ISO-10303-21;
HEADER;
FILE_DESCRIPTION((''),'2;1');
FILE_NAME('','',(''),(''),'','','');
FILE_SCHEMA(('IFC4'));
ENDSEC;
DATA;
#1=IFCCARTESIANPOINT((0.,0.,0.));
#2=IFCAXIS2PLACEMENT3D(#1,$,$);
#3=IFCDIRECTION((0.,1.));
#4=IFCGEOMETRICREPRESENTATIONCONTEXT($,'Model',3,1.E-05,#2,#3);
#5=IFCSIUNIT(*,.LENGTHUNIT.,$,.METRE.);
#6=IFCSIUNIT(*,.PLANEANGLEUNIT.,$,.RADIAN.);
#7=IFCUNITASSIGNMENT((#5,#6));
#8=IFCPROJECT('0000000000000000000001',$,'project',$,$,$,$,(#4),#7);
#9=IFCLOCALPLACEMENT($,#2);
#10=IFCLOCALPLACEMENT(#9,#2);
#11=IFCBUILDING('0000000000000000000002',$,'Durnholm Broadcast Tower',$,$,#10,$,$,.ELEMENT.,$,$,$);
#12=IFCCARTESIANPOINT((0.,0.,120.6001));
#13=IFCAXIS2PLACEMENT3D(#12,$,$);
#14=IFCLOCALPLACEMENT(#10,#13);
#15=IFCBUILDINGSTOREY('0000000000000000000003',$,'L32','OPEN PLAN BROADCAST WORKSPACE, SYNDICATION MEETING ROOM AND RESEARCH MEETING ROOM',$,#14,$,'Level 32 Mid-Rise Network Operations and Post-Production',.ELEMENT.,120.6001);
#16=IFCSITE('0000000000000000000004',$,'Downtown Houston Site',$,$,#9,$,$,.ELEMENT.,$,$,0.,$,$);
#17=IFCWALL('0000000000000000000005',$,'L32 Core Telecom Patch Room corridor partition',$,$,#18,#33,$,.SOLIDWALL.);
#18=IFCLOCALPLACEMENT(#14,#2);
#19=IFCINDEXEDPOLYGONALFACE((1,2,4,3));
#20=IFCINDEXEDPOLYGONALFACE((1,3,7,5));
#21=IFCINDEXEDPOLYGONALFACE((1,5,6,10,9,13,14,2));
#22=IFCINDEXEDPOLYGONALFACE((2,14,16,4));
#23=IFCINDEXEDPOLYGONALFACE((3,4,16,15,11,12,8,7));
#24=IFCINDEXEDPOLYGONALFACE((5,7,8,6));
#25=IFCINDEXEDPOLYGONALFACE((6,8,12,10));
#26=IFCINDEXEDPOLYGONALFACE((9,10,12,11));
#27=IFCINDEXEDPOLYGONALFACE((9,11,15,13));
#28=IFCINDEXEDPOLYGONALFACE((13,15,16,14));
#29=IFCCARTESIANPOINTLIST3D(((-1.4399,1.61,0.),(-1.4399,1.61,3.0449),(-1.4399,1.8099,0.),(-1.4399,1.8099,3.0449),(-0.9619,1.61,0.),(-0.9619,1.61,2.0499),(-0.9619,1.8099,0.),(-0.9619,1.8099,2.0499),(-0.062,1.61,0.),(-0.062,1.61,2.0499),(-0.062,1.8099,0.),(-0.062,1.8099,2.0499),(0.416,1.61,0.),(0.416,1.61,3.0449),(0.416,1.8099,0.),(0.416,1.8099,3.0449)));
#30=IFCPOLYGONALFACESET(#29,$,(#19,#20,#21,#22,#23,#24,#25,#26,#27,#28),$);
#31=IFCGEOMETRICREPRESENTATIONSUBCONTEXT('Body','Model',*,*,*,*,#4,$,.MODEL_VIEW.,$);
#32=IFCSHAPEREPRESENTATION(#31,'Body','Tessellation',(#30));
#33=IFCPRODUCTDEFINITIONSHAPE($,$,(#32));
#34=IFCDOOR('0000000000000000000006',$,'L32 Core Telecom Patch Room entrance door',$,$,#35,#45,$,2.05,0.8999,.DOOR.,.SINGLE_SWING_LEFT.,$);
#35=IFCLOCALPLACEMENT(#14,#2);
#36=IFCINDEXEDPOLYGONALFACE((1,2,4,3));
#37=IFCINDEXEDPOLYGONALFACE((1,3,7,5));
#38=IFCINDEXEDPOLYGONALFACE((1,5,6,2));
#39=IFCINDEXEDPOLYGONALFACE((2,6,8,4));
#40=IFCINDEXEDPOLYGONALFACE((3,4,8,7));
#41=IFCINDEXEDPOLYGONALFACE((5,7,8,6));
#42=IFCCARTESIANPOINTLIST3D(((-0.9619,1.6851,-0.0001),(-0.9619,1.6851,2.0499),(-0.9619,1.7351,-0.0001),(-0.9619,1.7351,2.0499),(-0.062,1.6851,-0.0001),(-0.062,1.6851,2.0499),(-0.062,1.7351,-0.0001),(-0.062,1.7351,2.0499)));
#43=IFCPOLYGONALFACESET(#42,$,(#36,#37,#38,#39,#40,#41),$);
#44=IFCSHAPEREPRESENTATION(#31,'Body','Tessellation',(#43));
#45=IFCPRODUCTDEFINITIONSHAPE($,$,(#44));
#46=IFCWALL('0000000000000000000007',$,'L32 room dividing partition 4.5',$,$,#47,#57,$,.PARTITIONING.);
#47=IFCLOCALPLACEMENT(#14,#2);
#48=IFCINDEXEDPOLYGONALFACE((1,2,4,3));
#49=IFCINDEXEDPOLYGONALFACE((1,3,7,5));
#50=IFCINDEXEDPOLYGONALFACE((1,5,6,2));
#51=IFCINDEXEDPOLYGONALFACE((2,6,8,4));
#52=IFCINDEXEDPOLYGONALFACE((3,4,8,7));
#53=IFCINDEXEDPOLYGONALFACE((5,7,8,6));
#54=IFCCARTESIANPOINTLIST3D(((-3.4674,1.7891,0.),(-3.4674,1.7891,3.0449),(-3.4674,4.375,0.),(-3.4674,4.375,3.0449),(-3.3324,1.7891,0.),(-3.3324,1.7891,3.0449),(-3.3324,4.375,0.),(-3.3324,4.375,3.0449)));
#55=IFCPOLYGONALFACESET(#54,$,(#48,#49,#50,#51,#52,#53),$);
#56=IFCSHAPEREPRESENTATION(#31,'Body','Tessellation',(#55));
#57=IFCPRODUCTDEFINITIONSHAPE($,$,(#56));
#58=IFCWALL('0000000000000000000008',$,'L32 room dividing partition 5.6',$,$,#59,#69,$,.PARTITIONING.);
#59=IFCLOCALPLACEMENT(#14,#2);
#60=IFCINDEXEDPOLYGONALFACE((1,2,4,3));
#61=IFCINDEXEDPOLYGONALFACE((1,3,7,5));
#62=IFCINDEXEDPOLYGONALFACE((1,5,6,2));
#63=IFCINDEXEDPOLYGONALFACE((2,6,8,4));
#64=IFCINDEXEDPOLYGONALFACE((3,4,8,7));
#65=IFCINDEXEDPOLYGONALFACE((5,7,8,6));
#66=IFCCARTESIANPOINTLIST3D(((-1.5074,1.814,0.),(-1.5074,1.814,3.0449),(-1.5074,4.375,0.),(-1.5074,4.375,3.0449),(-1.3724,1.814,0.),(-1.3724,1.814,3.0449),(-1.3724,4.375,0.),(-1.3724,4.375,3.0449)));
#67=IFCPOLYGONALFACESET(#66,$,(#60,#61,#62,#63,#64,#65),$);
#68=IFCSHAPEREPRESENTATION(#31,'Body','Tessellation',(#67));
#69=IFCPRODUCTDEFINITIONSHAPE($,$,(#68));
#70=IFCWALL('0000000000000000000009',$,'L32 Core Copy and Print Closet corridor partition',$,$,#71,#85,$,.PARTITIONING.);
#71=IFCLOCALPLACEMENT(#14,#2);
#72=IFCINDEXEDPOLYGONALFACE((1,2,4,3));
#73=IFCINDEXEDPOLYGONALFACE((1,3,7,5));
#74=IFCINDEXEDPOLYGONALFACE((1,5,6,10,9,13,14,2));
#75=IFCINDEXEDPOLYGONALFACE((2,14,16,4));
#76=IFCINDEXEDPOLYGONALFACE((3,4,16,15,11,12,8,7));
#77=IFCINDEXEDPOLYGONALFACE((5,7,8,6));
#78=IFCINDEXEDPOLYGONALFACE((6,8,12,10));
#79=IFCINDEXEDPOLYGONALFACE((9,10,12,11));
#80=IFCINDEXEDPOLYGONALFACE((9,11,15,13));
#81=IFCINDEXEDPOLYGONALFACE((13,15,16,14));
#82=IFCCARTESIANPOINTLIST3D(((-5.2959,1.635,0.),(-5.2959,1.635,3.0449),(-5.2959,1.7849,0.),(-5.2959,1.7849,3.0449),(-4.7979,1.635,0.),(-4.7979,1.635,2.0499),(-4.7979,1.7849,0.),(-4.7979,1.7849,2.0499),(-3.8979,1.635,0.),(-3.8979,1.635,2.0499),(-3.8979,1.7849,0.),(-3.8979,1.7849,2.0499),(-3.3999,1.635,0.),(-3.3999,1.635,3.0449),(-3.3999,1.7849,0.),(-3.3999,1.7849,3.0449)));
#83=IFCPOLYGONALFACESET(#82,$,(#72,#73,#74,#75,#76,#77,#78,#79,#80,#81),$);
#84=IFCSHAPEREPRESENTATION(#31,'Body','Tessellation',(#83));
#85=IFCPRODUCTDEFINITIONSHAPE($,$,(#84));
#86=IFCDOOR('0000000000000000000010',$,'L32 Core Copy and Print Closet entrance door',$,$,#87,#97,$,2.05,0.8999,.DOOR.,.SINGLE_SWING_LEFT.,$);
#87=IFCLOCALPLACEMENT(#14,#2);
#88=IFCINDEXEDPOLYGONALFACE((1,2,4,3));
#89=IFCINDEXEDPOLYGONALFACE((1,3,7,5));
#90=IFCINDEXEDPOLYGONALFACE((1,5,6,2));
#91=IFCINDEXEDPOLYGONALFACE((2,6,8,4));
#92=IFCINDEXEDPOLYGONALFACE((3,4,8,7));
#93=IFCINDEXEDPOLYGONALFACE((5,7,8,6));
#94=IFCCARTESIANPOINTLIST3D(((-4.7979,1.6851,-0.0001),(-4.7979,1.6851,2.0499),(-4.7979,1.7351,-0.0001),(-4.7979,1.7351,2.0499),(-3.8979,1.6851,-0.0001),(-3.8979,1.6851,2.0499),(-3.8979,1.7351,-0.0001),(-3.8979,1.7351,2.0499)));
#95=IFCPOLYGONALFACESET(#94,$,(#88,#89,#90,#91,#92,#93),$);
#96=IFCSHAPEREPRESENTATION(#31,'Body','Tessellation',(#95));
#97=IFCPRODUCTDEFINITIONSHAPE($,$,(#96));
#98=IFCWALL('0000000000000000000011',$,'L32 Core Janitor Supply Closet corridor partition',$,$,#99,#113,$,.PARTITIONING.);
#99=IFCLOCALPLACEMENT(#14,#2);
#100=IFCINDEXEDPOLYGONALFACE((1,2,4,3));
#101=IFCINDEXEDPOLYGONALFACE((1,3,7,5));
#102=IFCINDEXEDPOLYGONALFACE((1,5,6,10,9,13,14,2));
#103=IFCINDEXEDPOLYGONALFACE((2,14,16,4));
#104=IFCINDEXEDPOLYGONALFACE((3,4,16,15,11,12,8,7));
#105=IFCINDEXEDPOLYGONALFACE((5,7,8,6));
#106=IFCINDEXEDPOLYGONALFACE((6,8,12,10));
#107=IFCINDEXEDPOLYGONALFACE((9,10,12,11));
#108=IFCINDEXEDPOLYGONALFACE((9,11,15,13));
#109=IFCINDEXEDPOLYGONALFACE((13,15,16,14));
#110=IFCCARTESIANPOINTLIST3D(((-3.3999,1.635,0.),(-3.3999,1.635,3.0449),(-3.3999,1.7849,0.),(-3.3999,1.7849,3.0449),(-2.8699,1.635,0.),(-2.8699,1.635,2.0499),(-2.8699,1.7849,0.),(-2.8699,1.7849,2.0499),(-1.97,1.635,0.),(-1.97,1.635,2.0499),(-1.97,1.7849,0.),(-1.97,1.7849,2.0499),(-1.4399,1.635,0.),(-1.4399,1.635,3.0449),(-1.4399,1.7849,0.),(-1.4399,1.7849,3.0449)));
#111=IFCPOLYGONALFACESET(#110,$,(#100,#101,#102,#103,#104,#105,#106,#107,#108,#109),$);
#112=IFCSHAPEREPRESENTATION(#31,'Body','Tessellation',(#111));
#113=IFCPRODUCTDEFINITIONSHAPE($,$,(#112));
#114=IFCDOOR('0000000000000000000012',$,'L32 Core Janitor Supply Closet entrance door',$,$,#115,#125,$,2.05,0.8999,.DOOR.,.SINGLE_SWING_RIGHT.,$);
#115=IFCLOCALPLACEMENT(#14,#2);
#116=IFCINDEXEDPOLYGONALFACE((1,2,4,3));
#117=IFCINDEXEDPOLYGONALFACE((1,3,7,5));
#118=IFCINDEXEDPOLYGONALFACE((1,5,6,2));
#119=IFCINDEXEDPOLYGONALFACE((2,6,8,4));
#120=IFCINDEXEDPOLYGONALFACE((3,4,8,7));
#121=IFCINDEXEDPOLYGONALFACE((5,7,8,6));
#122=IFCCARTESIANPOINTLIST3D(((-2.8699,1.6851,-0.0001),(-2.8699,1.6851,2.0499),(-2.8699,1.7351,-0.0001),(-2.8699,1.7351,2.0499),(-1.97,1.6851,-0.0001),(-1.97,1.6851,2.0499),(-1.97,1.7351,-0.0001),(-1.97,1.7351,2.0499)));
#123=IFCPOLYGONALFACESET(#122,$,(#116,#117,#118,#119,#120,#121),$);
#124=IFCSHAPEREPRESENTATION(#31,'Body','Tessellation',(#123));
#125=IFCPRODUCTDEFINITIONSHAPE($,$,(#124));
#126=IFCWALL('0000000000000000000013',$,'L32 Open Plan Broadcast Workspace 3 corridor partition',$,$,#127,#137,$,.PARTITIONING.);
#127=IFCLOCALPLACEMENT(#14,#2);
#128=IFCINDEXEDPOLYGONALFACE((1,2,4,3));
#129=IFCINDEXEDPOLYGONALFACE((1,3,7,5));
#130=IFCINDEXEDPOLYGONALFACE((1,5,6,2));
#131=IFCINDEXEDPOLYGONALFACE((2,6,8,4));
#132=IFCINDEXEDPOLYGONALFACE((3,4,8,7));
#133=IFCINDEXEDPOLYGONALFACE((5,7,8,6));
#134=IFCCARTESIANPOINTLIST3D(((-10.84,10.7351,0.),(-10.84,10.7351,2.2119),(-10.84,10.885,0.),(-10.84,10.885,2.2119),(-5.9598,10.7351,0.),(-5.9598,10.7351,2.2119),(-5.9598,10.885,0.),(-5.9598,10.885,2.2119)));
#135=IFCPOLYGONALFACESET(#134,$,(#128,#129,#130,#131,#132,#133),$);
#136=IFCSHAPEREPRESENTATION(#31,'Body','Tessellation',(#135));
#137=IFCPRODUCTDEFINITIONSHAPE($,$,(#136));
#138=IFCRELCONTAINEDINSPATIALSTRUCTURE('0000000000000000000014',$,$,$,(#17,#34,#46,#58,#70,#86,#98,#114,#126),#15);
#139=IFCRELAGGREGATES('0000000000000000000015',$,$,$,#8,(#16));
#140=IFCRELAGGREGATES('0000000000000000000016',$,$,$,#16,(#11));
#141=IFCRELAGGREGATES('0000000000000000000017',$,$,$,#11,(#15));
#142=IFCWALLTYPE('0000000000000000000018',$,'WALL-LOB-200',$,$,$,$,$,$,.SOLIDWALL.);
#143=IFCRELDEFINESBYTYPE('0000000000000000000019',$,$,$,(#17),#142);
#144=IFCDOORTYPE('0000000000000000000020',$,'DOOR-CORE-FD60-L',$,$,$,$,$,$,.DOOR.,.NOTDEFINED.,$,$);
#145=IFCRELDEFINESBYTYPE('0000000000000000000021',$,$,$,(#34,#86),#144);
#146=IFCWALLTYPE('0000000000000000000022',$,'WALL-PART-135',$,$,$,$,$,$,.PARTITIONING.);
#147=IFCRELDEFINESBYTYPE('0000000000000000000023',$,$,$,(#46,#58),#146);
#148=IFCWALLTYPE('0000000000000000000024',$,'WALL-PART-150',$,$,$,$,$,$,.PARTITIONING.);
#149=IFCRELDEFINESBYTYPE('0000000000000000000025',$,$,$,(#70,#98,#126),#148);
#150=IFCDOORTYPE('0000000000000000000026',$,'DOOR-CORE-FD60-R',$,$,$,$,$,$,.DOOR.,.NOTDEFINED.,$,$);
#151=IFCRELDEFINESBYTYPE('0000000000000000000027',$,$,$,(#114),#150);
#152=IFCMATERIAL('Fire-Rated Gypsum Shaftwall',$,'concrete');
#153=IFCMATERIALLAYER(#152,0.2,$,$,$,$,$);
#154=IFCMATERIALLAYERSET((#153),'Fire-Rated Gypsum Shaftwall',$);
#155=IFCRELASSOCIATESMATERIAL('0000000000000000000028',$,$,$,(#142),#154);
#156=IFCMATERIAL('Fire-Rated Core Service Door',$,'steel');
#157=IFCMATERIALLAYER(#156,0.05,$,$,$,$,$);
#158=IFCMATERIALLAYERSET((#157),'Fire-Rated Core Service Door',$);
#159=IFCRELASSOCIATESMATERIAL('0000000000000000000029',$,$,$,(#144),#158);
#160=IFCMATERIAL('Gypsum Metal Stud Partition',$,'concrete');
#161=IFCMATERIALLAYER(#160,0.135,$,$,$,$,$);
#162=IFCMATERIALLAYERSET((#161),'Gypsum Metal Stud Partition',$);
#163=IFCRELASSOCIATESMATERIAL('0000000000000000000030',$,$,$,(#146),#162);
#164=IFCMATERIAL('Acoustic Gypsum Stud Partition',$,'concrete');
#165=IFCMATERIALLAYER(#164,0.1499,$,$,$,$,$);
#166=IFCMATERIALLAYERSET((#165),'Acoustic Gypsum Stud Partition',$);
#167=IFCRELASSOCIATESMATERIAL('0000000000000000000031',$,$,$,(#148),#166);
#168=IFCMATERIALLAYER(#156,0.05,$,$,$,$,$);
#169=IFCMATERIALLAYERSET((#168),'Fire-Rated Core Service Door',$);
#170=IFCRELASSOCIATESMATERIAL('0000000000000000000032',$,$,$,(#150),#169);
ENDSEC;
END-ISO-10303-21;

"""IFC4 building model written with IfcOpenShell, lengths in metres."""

from ifc_helpers import new_model, si_unit, direction, frame, frame_2d, origin, place, context, subcontext, project, spatial, rectangle, extrude, source, transform, mapped, material, layer, layer_set, type_object, type_shapes, element, fill, save


model = new_model("IFC4")

# Units and contexts
model_context = context("Model", 3, precision=1e-05, world=origin(), true_north=direction((0.0, 1.0)))
body_context = subcontext(model_context, "Body", "Model", "MODEL_VIEW")
ifc_project = project(units=[si_unit("LENGTHUNIT", "METRE"), si_unit("PLANEANGLEUNIT", "RADIAN")], contexts=[model_context])

# Site, building, storey
site_placement = place(None, origin())
site = spatial("IfcSite", under=ifc_project, at=site_placement, Name="Downtown Houston Site", CompositionType="ELEMENT", RefElevation=0.0)
building_placement = place(site_placement, origin())
building = spatial("IfcBuilding", under=site, at=building_placement, Name="Durnholm Broadcast Tower", CompositionType="ELEMENT")
storey_placement = place(building_placement, frame((0.0, 0.0, 120.6001)))
storey = spatial("IfcBuildingStorey", under=building, at=storey_placement, Name="L32", Description="OPEN PLAN BROADCAST WORKSPACE, SYNDICATION MEETING ROOM AND RESEARCH MEETING ROOM", LongName="Level 32 Mid-Rise Network Operations and Post-Production", CompositionType="ELEMENT", Elevation=120.6001)

# Shared definitions
ifc_material_1 = material(Name="Fire-Rated Gypsum Shaftwall", Category="concrete")
ifc_layer_1 = layer(ifc_material_1, 0.2)
ifc_layer_set_1 = layer_set([ifc_layer_1], Name="Fire-Rated Gypsum Shaftwall")
wall_type_1 = type_object("IfcWallType", Name="WALL-LOB-200", PredefinedType="SOLIDWALL", material=ifc_layer_set_1)

# Wall, opening, door
wall_1_placement = place(storey_placement, frame((0.416, 1.71, 0.0), z_axis=(0.0, 0.0, 1.0), x_axis=(-1.0, 0.0, 0.0)))
wall_1 = element("IfcWall", 1, at=wall_1_placement, inside=storey, type_object=wall_type_1, Name="L32 Core Telecom Patch Room corridor partition", PredefinedType="SOLIDWALL", context=body_context, shape_type="SweptSolid", body=[
    extrude(rectangle(XDim=1.856, YDim=0.2, at=frame_2d((0.928, 0.0))), origin(), (0.0, 0.0, 1.0), 3.0449),
])
opening_1_placement = place(wall_1_placement, frame((0.478, 0.0, 0.0)))
opening_1 = element("IfcOpeningElement", 2, at=opening_1_placement, cuts=wall_1, PredefinedType="OPENING", context=body_context, shape_type="SweptSolid", body=[
    extrude(rectangle(XDim=0.8999, YDim=2.05, at=frame_2d((0.45, 1.0249))), frame((0.0, 0.1099, 0.0), z_axis=(0.0, -1.0, 0.0), x_axis=(1.0, 0.0, 0.0)), (0.0, 0.0, 1.0), 0.22),
])
ifc_material_2 = material(Name="Fire-Rated Core Service Door", Category="steel")
ifc_layer_2 = layer(ifc_material_2, 0.05)
ifc_layer_set_2 = layer_set([ifc_layer_2], Name="Fire-Rated Core Service Door")
door_type_1 = type_object("IfcDoorType", Name="DOOR-CORE-FD60-L", OperationType="NOTDEFINED", PredefinedType="DOOR", material=ifc_layer_set_2)
shared_shape_1 = source(origin(), body_context, "Body", "SweptSolid", [
    extrude(rectangle(XDim=0.8999, YDim=2.05, at=frame_2d((0.45, 1.0249))), frame((0.0, 0.0249, 0.0), z_axis=(0.0, -1.0, 0.0), x_axis=(1.0, 0.0, 0.0)), (0.0, 0.0, 1.0), 0.05),
])
type_shapes(door_type_1, [shared_shape_1])
door_1_placement = place(opening_1_placement, origin())
door_1 = element("IfcDoor", 3, at=door_1_placement, inside=storey, type_object=door_type_1, Name="L32 Core Telecom Patch Room entrance door", OperationType="SINGLE_SWING_LEFT", OverallHeight=2.05, OverallWidth=0.8999, PredefinedType="DOOR", context=body_context, shape_type="MappedRepresentation", body=[
    mapped(shared_shape_1, transform((0.0, 0.0, 0.0), x_axis=(1.0, 0.0, 0.0), y_axis=(0.0, 1.0, 0.0), z_axis=(0.0, 0.0, 1.0), scale=1.0)),
])
fill(opening_1, door_1)

# Walls
ifc_material_3 = material(Name="Gypsum Metal Stud Partition", Category="concrete")
ifc_layer_3 = layer(ifc_material_3, 0.135)
ifc_layer_set_3 = layer_set([ifc_layer_3], Name="Gypsum Metal Stud Partition")
wall_type_2 = type_object("IfcWallType", Name="WALL-PART-135", PredefinedType="PARTITIONING", material=ifc_layer_set_3)
wall_2_placement = place(storey_placement, frame((-3.3999, 4.375, 0.0), z_axis=(0.0, 0.0, 1.0), x_axis=(0.0, -1.0, 0.0)))
element("IfcWall", 4, at=wall_2_placement, inside=storey, type_object=wall_type_2, Name="L32 room dividing partition 4.5", PredefinedType="PARTITIONING", context=body_context, shape_type="SweptSolid", body=[
    extrude(rectangle(XDim=2.5859, YDim=0.135, at=frame_2d((1.293, 0.0))), origin(), (0.0, 0.0, 1.0), 3.0449),
])
wall_3_placement = place(storey_placement, frame((-1.4399, 4.375, 0.0), z_axis=(0.0, 0.0, 1.0), x_axis=(0.0, -1.0, 0.0)))
element("IfcWall", 5, at=wall_3_placement, inside=storey, type_object=wall_type_2, Name="L32 room dividing partition 5.6", PredefinedType="PARTITIONING", context=body_context, shape_type="SweptSolid", body=[
    extrude(rectangle(XDim=2.561, YDim=0.135, at=frame_2d((1.2805, 0.0))), origin(), (0.0, 0.0, 1.0), 3.0449),
])

# Walls, openings, doors
ifc_material_4 = material(Name="Acoustic Gypsum Stud Partition", Category="concrete")
ifc_layer_4 = layer(ifc_material_4, 0.1499)
ifc_layer_set_4 = layer_set([ifc_layer_4], Name="Acoustic Gypsum Stud Partition")
wall_type_3 = type_object("IfcWallType", Name="WALL-PART-150", PredefinedType="PARTITIONING", material=ifc_layer_set_4)
wall_4_placement = place(storey_placement, frame((-3.3999, 1.71, 0.0), z_axis=(0.0, 0.0, 1.0), x_axis=(-1.0, 0.0, 0.0)))
wall_4 = element("IfcWall", 6, at=wall_4_placement, inside=storey, type_object=wall_type_3, Name="L32 Core Copy and Print Closet corridor partition", PredefinedType="PARTITIONING", context=body_context, shape_type="SweptSolid", body=[
    extrude(rectangle(XDim=1.896, YDim=0.1499, at=frame_2d((0.948, 0.0))), origin(), (0.0, 0.0, 1.0), 3.0449),
])
opening_2_placement = place(wall_4_placement, frame((0.498, 0.0, 0.0)))
opening_2 = element("IfcOpeningElement", 7, at=opening_2_placement, cuts=wall_4, PredefinedType="OPENING", context=body_context, shape_type="SweptSolid", body=[
    extrude(rectangle(XDim=0.8999, YDim=2.05, at=frame_2d((0.45, 1.0249))), frame((0.0, 0.085, 0.0), z_axis=(0.0, -1.0, 0.0), x_axis=(1.0, 0.0, 0.0)), (0.0, 0.0, 1.0), 0.1699),
])
door_2_placement = place(opening_2_placement, origin())
door_2 = element("IfcDoor", 8, at=door_2_placement, inside=storey, type_object=door_type_1, Name="L32 Core Copy and Print Closet entrance door", OperationType="SINGLE_SWING_LEFT", OverallHeight=2.05, OverallWidth=0.8999, PredefinedType="DOOR", context=body_context, shape_type="MappedRepresentation", body=[
    mapped(shared_shape_1, transform((0.0, 0.0, 0.0), x_axis=(1.0, 0.0, 0.0), y_axis=(0.0, 1.0, 0.0), z_axis=(0.0, 0.0, 1.0), scale=1.0)),
])
fill(opening_2, door_2)
wall_5_placement = place(storey_placement, frame((-1.4399, 1.71, 0.0), z_axis=(0.0, 0.0, 1.0), x_axis=(-1.0, 0.0, 0.0)))
wall_5 = element("IfcWall", 9, at=wall_5_placement, inside=storey, type_object=wall_type_3, Name="L32 Core Janitor Supply Closet corridor partition", PredefinedType="PARTITIONING", context=body_context, shape_type="SweptSolid", body=[
    extrude(rectangle(XDim=1.96, YDim=0.1499, at=frame_2d((0.98, 0.0))), origin(), (0.0, 0.0, 1.0), 3.0449),
])
opening_3_placement = place(wall_5_placement, frame((0.53, 0.0, 0.0)))
opening_3 = element("IfcOpeningElement", 10, at=opening_3_placement, cuts=wall_5, PredefinedType="OPENING", context=body_context, shape_type="SweptSolid", body=[
    extrude(rectangle(XDim=0.8999, YDim=2.05, at=frame_2d((0.45, 1.0249))), frame((0.0, 0.085, 0.0), z_axis=(0.0, -1.0, 0.0), x_axis=(1.0, 0.0, 0.0)), (0.0, 0.0, 1.0), 0.1699),
])
ifc_layer_5 = layer(ifc_material_2, 0.05)
ifc_layer_set_5 = layer_set([ifc_layer_5], Name="Fire-Rated Core Service Door")
door_type_2 = type_object("IfcDoorType", Name="DOOR-CORE-FD60-R", OperationType="NOTDEFINED", PredefinedType="DOOR", material=ifc_layer_set_5)
shared_shape_2 = source(origin(), body_context, "Body", "SweptSolid", [
    extrude(rectangle(XDim=0.8999, YDim=2.05, at=frame_2d((0.45, 1.0249))), frame((0.0, 0.0249, 0.0), z_axis=(0.0, -1.0, 0.0), x_axis=(1.0, 0.0, 0.0)), (0.0, 0.0, 1.0), 0.05),
])
type_shapes(door_type_2, [shared_shape_2])
door_3_placement = place(opening_3_placement, origin())
door_3 = element("IfcDoor", 11, at=door_3_placement, inside=storey, type_object=door_type_2, Name="L32 Core Janitor Supply Closet entrance door", OperationType="SINGLE_SWING_RIGHT", OverallHeight=2.05, OverallWidth=0.8999, PredefinedType="DOOR", context=body_context, shape_type="MappedRepresentation", body=[
    mapped(shared_shape_2, transform((0.0, 0.0, 0.0), x_axis=(1.0, 0.0, 0.0), y_axis=(0.0, 1.0, 0.0), z_axis=(0.0, 0.0, 1.0), scale=1.0)),
])
fill(opening_3, door_3)

# Wall
wall_6_placement = place(storey_placement, frame((-5.96, 10.8101, 0.0), z_axis=(0.0, 0.0, 1.0), x_axis=(-1.0, 0.0, 0.0)))
element("IfcWall", 12, at=wall_6_placement, inside=storey, type_object=wall_type_3, Name="L32 Open Plan Broadcast Workspace 3 corridor partition", PredefinedType="PARTITIONING", context=body_context, shape_type="SweptSolid", body=[
    extrude(rectangle(XDim=4.8801, YDim=0.1499, at=frame_2d((2.4399, 0.0))), origin(), (0.0, 0.0, 1.0), 2.2119),
])

save(model, "model.ifc")
